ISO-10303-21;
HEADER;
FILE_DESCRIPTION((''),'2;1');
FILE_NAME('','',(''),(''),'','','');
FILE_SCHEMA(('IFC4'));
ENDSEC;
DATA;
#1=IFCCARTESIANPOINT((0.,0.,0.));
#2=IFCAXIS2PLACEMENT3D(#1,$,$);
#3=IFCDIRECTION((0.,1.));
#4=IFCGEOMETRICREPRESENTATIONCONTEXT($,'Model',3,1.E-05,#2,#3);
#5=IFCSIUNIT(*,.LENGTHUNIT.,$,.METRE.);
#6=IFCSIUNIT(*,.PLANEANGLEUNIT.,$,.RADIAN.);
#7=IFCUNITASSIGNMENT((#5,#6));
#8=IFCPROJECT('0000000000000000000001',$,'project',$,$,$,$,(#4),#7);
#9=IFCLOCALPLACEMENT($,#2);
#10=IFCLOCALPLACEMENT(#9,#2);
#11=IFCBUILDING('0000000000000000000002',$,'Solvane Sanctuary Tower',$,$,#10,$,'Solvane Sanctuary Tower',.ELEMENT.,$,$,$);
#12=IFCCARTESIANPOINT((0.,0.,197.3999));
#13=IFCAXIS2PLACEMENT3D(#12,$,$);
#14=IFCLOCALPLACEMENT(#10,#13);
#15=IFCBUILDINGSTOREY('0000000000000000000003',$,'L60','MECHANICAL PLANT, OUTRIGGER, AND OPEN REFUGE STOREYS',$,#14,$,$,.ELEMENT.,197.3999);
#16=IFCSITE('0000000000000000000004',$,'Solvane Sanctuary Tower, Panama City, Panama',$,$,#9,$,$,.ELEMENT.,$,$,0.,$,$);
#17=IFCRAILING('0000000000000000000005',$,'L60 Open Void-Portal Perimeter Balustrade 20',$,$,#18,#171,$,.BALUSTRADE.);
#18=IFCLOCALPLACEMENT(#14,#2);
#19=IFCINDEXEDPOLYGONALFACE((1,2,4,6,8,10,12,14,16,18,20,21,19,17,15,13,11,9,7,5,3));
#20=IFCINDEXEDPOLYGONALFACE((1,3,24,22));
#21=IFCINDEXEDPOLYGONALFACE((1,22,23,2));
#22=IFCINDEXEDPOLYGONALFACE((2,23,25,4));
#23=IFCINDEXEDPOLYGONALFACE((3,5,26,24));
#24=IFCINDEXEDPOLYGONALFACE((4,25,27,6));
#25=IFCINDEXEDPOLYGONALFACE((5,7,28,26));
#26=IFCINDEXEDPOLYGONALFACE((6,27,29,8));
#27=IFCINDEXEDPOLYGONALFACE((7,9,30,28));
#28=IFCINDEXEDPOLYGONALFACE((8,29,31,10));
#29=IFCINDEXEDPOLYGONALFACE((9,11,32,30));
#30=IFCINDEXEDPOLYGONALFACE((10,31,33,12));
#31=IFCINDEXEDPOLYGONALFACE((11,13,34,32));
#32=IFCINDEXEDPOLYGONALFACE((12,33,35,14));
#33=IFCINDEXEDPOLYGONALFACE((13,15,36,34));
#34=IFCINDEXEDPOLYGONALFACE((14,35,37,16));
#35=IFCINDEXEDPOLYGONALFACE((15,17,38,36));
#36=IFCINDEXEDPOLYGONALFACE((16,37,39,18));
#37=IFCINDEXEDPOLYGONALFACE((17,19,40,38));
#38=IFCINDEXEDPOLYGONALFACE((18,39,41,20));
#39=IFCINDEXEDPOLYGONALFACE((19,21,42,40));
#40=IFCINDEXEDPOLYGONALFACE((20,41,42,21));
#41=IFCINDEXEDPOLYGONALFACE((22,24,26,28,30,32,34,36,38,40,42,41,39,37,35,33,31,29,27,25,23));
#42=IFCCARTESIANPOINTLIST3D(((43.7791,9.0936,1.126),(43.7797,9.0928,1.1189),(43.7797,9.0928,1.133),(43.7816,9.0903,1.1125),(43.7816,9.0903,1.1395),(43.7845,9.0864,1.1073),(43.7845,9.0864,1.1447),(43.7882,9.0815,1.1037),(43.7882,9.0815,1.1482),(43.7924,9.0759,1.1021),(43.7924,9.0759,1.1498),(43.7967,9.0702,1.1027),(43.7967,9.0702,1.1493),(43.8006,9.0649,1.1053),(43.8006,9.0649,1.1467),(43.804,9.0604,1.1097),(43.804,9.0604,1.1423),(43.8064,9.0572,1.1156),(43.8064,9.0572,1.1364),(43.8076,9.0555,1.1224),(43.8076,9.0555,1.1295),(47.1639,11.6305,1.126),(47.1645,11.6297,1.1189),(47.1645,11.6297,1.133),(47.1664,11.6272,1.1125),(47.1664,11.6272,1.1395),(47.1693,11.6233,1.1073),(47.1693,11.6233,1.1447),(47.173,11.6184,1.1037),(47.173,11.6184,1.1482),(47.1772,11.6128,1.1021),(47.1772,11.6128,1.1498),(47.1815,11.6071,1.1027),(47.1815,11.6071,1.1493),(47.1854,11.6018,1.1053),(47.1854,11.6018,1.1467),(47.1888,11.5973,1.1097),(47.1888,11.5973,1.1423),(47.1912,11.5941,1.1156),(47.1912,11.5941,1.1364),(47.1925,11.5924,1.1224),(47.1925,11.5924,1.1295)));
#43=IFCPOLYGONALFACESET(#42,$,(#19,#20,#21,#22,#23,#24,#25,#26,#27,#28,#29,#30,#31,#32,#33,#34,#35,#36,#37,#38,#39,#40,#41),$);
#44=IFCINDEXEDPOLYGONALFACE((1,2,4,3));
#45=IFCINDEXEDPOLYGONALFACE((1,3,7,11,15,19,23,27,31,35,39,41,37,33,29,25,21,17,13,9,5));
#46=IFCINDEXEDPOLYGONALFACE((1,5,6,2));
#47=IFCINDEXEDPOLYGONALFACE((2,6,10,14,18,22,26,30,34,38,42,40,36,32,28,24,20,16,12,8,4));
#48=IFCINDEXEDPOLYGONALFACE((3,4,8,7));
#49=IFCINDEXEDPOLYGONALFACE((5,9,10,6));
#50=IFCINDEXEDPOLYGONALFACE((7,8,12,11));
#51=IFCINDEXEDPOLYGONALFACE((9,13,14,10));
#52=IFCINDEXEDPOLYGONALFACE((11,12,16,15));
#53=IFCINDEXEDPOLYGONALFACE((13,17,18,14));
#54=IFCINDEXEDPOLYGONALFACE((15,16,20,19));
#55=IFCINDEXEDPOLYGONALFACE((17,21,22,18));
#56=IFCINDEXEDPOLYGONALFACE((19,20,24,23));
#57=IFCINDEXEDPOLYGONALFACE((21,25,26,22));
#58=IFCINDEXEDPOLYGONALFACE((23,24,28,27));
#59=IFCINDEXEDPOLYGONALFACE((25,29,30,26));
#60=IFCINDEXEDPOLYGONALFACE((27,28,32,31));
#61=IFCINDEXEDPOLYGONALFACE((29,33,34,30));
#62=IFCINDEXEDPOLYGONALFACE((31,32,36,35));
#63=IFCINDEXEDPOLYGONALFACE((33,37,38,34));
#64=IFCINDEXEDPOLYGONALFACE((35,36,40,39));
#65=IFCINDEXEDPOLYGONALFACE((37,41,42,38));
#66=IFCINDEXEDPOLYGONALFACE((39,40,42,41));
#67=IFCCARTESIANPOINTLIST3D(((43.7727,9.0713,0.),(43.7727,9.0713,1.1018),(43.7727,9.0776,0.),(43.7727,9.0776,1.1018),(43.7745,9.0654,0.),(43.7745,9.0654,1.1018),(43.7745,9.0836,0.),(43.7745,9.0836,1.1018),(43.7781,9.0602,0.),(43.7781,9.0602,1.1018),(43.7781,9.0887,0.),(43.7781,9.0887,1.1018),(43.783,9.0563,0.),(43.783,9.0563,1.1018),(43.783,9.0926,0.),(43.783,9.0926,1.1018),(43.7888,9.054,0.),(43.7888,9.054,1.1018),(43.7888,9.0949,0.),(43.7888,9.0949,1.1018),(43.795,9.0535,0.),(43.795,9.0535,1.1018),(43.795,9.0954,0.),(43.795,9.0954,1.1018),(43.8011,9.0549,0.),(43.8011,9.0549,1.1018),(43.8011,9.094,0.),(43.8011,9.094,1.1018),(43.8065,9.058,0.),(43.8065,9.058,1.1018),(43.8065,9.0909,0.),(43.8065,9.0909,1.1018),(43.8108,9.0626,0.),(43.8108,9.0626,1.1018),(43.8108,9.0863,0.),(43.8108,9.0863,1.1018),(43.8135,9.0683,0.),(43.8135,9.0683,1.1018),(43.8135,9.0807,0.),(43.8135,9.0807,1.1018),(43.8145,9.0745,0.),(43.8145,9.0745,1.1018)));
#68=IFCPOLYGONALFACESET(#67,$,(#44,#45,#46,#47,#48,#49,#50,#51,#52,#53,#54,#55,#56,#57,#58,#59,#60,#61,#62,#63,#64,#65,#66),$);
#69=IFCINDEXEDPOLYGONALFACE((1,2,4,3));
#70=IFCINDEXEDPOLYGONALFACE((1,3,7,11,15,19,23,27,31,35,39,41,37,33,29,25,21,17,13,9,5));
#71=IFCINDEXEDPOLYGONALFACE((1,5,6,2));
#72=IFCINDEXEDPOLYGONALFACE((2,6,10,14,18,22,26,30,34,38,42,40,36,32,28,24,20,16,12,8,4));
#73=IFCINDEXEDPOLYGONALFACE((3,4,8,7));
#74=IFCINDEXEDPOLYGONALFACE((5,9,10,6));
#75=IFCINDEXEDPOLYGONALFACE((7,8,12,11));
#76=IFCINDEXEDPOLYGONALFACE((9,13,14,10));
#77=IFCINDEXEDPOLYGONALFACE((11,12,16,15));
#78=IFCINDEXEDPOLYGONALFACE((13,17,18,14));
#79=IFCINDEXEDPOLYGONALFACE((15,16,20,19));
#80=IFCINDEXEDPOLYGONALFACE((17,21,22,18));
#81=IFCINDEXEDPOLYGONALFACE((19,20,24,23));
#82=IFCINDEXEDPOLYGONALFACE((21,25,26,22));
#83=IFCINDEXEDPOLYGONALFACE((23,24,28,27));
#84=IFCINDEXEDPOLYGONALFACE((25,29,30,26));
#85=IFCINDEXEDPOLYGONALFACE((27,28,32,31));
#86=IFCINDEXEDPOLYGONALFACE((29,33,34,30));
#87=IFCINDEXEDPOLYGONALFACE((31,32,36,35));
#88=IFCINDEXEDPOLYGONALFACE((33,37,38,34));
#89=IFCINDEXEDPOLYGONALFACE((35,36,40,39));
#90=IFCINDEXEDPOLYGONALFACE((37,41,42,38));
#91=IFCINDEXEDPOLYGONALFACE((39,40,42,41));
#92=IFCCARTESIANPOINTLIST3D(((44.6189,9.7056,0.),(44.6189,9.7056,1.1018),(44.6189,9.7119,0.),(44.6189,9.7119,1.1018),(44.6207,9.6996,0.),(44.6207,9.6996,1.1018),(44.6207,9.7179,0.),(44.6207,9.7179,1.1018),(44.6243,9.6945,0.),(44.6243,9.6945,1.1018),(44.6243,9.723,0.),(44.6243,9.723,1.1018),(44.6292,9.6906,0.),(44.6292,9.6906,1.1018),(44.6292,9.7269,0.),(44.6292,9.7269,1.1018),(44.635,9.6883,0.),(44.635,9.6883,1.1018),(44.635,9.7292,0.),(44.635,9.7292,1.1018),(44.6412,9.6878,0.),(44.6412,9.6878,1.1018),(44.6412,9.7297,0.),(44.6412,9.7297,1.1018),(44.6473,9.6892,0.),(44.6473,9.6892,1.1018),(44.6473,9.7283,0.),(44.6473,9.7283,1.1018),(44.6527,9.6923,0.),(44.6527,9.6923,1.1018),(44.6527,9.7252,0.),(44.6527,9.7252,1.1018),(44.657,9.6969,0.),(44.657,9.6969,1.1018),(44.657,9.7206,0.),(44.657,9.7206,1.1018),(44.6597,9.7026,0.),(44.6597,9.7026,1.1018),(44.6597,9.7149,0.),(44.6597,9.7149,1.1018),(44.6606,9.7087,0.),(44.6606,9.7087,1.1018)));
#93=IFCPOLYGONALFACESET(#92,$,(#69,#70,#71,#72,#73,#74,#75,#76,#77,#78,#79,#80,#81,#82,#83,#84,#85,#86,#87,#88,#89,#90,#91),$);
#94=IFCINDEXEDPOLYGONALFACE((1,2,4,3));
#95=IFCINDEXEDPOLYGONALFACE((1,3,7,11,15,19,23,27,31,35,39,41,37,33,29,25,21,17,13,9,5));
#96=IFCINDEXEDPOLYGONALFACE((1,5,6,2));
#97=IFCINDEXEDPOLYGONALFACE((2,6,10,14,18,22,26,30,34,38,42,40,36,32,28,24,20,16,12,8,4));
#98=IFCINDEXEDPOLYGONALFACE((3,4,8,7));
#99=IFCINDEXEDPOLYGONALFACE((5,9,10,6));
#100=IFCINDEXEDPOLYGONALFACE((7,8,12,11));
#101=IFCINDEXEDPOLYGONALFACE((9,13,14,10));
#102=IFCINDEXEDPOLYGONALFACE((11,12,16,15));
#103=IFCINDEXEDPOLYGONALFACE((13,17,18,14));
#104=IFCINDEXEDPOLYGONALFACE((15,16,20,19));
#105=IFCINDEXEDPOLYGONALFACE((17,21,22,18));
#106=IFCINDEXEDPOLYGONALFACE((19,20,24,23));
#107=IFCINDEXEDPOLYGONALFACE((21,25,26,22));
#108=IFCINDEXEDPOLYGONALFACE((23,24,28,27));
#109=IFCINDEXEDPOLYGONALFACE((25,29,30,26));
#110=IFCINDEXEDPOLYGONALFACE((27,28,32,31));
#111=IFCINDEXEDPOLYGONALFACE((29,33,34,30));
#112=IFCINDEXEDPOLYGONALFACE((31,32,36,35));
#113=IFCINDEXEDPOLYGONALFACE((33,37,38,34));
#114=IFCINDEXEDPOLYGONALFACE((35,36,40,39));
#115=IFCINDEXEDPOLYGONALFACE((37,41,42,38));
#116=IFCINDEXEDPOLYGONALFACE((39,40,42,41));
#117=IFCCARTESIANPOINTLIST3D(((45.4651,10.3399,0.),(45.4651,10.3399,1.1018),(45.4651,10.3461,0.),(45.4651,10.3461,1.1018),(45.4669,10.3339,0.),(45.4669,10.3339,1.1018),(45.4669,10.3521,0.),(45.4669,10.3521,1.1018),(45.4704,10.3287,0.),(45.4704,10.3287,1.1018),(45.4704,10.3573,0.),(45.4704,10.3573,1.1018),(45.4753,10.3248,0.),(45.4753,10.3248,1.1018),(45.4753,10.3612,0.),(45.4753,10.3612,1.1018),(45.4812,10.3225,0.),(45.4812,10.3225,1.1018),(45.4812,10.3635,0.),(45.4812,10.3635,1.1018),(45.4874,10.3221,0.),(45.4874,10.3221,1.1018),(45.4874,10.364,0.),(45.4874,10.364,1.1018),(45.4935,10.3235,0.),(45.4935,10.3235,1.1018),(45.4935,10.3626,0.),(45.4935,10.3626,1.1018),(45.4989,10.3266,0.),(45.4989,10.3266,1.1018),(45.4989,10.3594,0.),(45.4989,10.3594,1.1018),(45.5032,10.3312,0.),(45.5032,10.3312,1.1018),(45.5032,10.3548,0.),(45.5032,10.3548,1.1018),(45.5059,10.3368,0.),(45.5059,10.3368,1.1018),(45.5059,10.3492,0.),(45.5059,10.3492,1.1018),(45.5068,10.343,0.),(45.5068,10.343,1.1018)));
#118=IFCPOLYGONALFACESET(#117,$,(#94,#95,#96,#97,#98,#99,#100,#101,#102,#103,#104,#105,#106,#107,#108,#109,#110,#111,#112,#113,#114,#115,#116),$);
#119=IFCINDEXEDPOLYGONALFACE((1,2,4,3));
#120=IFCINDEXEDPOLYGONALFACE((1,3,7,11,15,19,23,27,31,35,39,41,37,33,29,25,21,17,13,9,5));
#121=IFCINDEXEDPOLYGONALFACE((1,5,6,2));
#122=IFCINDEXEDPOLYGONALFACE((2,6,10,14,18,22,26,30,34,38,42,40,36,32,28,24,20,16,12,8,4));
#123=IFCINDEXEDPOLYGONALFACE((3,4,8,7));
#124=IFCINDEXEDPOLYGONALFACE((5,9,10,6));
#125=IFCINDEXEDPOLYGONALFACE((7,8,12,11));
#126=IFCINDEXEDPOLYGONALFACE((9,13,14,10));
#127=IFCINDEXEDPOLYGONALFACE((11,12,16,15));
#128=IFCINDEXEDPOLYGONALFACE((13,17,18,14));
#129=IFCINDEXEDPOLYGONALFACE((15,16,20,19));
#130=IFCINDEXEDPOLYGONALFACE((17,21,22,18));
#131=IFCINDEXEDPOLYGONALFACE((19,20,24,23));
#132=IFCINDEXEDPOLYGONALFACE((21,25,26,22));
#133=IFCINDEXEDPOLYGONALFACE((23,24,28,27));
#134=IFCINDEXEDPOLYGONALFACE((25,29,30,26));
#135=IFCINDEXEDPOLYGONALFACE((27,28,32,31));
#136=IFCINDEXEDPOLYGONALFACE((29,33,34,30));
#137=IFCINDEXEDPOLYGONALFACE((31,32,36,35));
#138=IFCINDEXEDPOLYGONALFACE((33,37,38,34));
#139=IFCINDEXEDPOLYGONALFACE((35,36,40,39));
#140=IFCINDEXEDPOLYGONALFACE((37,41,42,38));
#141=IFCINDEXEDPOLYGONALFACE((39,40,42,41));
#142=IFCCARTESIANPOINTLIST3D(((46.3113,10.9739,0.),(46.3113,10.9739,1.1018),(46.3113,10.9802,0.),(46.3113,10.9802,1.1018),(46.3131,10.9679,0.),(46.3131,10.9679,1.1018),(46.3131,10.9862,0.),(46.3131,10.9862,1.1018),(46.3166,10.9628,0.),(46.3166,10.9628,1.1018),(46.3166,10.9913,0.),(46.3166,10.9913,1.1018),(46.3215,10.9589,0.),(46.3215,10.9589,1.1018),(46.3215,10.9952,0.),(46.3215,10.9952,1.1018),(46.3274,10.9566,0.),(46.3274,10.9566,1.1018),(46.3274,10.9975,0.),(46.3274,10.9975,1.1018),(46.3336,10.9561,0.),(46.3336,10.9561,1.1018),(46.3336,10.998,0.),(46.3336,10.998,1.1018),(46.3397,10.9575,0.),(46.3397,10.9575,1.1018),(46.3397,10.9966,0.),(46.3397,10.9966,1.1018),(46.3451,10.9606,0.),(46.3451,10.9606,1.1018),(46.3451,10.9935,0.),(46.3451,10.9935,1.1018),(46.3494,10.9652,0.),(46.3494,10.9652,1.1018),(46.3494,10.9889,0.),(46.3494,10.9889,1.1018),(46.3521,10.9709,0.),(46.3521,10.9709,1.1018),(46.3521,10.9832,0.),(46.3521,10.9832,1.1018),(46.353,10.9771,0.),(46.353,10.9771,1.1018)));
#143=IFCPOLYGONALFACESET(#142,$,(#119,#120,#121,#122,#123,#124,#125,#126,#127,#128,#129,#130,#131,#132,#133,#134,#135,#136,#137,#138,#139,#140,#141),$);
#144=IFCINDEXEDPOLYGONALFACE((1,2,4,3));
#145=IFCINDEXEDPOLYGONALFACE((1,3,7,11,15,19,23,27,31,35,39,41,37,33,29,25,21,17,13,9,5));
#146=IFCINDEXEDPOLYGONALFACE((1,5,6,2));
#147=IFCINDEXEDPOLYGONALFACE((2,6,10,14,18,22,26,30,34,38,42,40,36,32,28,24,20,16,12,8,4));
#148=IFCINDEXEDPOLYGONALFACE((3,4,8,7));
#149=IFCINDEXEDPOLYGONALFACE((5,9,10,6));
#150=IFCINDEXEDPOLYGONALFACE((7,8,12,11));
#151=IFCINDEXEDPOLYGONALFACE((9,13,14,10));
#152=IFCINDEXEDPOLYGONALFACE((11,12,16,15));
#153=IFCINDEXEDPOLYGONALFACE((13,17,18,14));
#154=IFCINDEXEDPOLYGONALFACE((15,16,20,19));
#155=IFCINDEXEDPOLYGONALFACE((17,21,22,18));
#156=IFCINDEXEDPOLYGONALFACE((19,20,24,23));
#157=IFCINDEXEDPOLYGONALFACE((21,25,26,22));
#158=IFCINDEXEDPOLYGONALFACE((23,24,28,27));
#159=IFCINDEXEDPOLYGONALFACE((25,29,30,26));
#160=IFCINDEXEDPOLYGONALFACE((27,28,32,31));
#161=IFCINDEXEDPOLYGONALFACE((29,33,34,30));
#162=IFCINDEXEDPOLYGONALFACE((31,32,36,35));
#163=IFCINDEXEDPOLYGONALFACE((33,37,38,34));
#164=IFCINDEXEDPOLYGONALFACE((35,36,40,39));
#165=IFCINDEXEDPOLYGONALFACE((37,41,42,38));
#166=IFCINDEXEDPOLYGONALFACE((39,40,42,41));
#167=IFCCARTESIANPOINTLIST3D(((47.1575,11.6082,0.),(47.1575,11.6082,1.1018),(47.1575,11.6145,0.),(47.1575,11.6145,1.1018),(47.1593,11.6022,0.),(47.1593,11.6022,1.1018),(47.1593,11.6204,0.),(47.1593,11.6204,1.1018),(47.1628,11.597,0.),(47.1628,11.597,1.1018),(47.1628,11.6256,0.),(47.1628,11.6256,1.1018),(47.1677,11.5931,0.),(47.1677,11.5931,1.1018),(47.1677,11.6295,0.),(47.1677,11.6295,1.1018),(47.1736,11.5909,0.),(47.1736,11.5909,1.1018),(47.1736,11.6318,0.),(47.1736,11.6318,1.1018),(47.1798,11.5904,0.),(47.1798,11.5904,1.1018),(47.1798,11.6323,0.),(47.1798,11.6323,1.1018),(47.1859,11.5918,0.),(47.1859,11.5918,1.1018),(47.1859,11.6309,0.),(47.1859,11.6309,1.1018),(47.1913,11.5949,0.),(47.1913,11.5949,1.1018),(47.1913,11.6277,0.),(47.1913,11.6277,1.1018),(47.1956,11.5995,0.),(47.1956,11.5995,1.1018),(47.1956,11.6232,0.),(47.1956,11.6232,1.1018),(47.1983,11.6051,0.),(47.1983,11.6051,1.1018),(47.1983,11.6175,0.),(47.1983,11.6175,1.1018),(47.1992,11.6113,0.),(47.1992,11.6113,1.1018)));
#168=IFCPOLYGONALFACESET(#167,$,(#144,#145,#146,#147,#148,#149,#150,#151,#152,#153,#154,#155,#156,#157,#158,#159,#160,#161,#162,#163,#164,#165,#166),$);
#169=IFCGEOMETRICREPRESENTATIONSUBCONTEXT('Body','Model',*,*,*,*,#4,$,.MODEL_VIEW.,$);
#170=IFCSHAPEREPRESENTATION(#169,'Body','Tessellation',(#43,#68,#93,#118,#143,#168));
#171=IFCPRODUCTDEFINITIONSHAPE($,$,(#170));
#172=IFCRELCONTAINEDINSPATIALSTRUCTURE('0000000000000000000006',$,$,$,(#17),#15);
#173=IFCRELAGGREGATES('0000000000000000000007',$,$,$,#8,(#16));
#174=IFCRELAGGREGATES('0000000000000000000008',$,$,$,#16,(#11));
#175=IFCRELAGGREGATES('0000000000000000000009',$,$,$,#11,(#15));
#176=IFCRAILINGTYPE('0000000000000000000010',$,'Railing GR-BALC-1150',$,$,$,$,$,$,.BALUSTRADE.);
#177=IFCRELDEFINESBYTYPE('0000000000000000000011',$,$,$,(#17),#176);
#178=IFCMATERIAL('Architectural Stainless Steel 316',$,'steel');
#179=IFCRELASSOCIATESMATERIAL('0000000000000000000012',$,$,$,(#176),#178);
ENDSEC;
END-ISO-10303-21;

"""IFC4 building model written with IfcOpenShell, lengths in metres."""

from ifc_helpers import new_model, si_unit, direction, frame, origin, origin_2d, place, context, subcontext, project, spatial, circle, extrude, material, type_object, element, save


model = new_model("IFC4")

# Units and contexts
model_context = context("Model", 3, precision=1e-05, world=origin(), true_north=direction((0.0, 1.0)))
body_context = subcontext(model_context, "Body", "Model", "MODEL_VIEW")
ifc_project = project(units=[si_unit("LENGTHUNIT", "METRE"), si_unit("PLANEANGLEUNIT", "RADIAN")], contexts=[model_context])

# Site, building, storey
site_placement = place(None, origin())
site = spatial("IfcSite", under=ifc_project, at=site_placement, Name="Solvane Sanctuary Tower, Panama City, Panama", CompositionType="ELEMENT", RefElevation=0.0)
building_placement = place(site_placement, origin())
building = spatial("IfcBuilding", under=site, at=building_placement, Name="Solvane Sanctuary Tower", LongName="Solvane Sanctuary Tower", CompositionType="ELEMENT")
storey_placement = place(building_placement, frame((0.0, 0.0, 197.3999)))
storey = spatial("IfcBuildingStorey", under=building, at=storey_placement, Name="L60", Description="MECHANICAL PLANT, OUTRIGGER, AND OPEN REFUGE STOREYS", CompositionType="ELEMENT", Elevation=197.3999)

# Railing
ifc_material_1 = material(Name="Architectural Stainless Steel 316", Category="steel")
railing_type = type_object("IfcRailingType", Name="Railing GR-BALC-1150", PredefinedType="BALUSTRADE", material=ifc_material_1)
railing_1_placement = place(storey_placement, frame((43.7935, 9.0745, 0.0)))
element("IfcRailing", 1, at=railing_1_placement, inside=storey, type_object=railing_type, Name="L60 Open Void-Portal Perimeter Balustrade 20", PredefinedType="BALUSTRADE", context=body_context, shape_type="SweptSolid", body=[
    extrude(circle(Radius=0.0239, at=origin_2d()), frame((0.0, 0.0, 1.126), z_axis=(0.800194, 0.599741, 0.0), x_axis=(-0.599741, 0.800194, 0.0)), (0.0, 0.0, 1.0), 4.23),
    extrude(circle(Radius=0.021, at=origin_2d()), origin(), (0.0, 0.0, 1.0), 1.1018),
    extrude(circle(Radius=0.021, at=origin_2d()), frame((0.8462, 0.6343, 0.0)), (0.0, 0.0, 1.0), 1.1018),
    extrude(circle(Radius=0.021, at=origin_2d()), frame((1.6924, 1.2686, 0.0)), (0.0, 0.0, 1.0), 1.1018),
    extrude(circle(Radius=0.021, at=origin_2d()), frame((2.5386, 1.9026, 0.0)), (0.0, 0.0, 1.0), 1.1018),
    extrude(circle(Radius=0.021, at=origin_2d()), frame((3.3848, 2.5369, 0.0)), (0.0, 0.0, 1.0), 1.1018),
])

save(model, "model.ifc")
